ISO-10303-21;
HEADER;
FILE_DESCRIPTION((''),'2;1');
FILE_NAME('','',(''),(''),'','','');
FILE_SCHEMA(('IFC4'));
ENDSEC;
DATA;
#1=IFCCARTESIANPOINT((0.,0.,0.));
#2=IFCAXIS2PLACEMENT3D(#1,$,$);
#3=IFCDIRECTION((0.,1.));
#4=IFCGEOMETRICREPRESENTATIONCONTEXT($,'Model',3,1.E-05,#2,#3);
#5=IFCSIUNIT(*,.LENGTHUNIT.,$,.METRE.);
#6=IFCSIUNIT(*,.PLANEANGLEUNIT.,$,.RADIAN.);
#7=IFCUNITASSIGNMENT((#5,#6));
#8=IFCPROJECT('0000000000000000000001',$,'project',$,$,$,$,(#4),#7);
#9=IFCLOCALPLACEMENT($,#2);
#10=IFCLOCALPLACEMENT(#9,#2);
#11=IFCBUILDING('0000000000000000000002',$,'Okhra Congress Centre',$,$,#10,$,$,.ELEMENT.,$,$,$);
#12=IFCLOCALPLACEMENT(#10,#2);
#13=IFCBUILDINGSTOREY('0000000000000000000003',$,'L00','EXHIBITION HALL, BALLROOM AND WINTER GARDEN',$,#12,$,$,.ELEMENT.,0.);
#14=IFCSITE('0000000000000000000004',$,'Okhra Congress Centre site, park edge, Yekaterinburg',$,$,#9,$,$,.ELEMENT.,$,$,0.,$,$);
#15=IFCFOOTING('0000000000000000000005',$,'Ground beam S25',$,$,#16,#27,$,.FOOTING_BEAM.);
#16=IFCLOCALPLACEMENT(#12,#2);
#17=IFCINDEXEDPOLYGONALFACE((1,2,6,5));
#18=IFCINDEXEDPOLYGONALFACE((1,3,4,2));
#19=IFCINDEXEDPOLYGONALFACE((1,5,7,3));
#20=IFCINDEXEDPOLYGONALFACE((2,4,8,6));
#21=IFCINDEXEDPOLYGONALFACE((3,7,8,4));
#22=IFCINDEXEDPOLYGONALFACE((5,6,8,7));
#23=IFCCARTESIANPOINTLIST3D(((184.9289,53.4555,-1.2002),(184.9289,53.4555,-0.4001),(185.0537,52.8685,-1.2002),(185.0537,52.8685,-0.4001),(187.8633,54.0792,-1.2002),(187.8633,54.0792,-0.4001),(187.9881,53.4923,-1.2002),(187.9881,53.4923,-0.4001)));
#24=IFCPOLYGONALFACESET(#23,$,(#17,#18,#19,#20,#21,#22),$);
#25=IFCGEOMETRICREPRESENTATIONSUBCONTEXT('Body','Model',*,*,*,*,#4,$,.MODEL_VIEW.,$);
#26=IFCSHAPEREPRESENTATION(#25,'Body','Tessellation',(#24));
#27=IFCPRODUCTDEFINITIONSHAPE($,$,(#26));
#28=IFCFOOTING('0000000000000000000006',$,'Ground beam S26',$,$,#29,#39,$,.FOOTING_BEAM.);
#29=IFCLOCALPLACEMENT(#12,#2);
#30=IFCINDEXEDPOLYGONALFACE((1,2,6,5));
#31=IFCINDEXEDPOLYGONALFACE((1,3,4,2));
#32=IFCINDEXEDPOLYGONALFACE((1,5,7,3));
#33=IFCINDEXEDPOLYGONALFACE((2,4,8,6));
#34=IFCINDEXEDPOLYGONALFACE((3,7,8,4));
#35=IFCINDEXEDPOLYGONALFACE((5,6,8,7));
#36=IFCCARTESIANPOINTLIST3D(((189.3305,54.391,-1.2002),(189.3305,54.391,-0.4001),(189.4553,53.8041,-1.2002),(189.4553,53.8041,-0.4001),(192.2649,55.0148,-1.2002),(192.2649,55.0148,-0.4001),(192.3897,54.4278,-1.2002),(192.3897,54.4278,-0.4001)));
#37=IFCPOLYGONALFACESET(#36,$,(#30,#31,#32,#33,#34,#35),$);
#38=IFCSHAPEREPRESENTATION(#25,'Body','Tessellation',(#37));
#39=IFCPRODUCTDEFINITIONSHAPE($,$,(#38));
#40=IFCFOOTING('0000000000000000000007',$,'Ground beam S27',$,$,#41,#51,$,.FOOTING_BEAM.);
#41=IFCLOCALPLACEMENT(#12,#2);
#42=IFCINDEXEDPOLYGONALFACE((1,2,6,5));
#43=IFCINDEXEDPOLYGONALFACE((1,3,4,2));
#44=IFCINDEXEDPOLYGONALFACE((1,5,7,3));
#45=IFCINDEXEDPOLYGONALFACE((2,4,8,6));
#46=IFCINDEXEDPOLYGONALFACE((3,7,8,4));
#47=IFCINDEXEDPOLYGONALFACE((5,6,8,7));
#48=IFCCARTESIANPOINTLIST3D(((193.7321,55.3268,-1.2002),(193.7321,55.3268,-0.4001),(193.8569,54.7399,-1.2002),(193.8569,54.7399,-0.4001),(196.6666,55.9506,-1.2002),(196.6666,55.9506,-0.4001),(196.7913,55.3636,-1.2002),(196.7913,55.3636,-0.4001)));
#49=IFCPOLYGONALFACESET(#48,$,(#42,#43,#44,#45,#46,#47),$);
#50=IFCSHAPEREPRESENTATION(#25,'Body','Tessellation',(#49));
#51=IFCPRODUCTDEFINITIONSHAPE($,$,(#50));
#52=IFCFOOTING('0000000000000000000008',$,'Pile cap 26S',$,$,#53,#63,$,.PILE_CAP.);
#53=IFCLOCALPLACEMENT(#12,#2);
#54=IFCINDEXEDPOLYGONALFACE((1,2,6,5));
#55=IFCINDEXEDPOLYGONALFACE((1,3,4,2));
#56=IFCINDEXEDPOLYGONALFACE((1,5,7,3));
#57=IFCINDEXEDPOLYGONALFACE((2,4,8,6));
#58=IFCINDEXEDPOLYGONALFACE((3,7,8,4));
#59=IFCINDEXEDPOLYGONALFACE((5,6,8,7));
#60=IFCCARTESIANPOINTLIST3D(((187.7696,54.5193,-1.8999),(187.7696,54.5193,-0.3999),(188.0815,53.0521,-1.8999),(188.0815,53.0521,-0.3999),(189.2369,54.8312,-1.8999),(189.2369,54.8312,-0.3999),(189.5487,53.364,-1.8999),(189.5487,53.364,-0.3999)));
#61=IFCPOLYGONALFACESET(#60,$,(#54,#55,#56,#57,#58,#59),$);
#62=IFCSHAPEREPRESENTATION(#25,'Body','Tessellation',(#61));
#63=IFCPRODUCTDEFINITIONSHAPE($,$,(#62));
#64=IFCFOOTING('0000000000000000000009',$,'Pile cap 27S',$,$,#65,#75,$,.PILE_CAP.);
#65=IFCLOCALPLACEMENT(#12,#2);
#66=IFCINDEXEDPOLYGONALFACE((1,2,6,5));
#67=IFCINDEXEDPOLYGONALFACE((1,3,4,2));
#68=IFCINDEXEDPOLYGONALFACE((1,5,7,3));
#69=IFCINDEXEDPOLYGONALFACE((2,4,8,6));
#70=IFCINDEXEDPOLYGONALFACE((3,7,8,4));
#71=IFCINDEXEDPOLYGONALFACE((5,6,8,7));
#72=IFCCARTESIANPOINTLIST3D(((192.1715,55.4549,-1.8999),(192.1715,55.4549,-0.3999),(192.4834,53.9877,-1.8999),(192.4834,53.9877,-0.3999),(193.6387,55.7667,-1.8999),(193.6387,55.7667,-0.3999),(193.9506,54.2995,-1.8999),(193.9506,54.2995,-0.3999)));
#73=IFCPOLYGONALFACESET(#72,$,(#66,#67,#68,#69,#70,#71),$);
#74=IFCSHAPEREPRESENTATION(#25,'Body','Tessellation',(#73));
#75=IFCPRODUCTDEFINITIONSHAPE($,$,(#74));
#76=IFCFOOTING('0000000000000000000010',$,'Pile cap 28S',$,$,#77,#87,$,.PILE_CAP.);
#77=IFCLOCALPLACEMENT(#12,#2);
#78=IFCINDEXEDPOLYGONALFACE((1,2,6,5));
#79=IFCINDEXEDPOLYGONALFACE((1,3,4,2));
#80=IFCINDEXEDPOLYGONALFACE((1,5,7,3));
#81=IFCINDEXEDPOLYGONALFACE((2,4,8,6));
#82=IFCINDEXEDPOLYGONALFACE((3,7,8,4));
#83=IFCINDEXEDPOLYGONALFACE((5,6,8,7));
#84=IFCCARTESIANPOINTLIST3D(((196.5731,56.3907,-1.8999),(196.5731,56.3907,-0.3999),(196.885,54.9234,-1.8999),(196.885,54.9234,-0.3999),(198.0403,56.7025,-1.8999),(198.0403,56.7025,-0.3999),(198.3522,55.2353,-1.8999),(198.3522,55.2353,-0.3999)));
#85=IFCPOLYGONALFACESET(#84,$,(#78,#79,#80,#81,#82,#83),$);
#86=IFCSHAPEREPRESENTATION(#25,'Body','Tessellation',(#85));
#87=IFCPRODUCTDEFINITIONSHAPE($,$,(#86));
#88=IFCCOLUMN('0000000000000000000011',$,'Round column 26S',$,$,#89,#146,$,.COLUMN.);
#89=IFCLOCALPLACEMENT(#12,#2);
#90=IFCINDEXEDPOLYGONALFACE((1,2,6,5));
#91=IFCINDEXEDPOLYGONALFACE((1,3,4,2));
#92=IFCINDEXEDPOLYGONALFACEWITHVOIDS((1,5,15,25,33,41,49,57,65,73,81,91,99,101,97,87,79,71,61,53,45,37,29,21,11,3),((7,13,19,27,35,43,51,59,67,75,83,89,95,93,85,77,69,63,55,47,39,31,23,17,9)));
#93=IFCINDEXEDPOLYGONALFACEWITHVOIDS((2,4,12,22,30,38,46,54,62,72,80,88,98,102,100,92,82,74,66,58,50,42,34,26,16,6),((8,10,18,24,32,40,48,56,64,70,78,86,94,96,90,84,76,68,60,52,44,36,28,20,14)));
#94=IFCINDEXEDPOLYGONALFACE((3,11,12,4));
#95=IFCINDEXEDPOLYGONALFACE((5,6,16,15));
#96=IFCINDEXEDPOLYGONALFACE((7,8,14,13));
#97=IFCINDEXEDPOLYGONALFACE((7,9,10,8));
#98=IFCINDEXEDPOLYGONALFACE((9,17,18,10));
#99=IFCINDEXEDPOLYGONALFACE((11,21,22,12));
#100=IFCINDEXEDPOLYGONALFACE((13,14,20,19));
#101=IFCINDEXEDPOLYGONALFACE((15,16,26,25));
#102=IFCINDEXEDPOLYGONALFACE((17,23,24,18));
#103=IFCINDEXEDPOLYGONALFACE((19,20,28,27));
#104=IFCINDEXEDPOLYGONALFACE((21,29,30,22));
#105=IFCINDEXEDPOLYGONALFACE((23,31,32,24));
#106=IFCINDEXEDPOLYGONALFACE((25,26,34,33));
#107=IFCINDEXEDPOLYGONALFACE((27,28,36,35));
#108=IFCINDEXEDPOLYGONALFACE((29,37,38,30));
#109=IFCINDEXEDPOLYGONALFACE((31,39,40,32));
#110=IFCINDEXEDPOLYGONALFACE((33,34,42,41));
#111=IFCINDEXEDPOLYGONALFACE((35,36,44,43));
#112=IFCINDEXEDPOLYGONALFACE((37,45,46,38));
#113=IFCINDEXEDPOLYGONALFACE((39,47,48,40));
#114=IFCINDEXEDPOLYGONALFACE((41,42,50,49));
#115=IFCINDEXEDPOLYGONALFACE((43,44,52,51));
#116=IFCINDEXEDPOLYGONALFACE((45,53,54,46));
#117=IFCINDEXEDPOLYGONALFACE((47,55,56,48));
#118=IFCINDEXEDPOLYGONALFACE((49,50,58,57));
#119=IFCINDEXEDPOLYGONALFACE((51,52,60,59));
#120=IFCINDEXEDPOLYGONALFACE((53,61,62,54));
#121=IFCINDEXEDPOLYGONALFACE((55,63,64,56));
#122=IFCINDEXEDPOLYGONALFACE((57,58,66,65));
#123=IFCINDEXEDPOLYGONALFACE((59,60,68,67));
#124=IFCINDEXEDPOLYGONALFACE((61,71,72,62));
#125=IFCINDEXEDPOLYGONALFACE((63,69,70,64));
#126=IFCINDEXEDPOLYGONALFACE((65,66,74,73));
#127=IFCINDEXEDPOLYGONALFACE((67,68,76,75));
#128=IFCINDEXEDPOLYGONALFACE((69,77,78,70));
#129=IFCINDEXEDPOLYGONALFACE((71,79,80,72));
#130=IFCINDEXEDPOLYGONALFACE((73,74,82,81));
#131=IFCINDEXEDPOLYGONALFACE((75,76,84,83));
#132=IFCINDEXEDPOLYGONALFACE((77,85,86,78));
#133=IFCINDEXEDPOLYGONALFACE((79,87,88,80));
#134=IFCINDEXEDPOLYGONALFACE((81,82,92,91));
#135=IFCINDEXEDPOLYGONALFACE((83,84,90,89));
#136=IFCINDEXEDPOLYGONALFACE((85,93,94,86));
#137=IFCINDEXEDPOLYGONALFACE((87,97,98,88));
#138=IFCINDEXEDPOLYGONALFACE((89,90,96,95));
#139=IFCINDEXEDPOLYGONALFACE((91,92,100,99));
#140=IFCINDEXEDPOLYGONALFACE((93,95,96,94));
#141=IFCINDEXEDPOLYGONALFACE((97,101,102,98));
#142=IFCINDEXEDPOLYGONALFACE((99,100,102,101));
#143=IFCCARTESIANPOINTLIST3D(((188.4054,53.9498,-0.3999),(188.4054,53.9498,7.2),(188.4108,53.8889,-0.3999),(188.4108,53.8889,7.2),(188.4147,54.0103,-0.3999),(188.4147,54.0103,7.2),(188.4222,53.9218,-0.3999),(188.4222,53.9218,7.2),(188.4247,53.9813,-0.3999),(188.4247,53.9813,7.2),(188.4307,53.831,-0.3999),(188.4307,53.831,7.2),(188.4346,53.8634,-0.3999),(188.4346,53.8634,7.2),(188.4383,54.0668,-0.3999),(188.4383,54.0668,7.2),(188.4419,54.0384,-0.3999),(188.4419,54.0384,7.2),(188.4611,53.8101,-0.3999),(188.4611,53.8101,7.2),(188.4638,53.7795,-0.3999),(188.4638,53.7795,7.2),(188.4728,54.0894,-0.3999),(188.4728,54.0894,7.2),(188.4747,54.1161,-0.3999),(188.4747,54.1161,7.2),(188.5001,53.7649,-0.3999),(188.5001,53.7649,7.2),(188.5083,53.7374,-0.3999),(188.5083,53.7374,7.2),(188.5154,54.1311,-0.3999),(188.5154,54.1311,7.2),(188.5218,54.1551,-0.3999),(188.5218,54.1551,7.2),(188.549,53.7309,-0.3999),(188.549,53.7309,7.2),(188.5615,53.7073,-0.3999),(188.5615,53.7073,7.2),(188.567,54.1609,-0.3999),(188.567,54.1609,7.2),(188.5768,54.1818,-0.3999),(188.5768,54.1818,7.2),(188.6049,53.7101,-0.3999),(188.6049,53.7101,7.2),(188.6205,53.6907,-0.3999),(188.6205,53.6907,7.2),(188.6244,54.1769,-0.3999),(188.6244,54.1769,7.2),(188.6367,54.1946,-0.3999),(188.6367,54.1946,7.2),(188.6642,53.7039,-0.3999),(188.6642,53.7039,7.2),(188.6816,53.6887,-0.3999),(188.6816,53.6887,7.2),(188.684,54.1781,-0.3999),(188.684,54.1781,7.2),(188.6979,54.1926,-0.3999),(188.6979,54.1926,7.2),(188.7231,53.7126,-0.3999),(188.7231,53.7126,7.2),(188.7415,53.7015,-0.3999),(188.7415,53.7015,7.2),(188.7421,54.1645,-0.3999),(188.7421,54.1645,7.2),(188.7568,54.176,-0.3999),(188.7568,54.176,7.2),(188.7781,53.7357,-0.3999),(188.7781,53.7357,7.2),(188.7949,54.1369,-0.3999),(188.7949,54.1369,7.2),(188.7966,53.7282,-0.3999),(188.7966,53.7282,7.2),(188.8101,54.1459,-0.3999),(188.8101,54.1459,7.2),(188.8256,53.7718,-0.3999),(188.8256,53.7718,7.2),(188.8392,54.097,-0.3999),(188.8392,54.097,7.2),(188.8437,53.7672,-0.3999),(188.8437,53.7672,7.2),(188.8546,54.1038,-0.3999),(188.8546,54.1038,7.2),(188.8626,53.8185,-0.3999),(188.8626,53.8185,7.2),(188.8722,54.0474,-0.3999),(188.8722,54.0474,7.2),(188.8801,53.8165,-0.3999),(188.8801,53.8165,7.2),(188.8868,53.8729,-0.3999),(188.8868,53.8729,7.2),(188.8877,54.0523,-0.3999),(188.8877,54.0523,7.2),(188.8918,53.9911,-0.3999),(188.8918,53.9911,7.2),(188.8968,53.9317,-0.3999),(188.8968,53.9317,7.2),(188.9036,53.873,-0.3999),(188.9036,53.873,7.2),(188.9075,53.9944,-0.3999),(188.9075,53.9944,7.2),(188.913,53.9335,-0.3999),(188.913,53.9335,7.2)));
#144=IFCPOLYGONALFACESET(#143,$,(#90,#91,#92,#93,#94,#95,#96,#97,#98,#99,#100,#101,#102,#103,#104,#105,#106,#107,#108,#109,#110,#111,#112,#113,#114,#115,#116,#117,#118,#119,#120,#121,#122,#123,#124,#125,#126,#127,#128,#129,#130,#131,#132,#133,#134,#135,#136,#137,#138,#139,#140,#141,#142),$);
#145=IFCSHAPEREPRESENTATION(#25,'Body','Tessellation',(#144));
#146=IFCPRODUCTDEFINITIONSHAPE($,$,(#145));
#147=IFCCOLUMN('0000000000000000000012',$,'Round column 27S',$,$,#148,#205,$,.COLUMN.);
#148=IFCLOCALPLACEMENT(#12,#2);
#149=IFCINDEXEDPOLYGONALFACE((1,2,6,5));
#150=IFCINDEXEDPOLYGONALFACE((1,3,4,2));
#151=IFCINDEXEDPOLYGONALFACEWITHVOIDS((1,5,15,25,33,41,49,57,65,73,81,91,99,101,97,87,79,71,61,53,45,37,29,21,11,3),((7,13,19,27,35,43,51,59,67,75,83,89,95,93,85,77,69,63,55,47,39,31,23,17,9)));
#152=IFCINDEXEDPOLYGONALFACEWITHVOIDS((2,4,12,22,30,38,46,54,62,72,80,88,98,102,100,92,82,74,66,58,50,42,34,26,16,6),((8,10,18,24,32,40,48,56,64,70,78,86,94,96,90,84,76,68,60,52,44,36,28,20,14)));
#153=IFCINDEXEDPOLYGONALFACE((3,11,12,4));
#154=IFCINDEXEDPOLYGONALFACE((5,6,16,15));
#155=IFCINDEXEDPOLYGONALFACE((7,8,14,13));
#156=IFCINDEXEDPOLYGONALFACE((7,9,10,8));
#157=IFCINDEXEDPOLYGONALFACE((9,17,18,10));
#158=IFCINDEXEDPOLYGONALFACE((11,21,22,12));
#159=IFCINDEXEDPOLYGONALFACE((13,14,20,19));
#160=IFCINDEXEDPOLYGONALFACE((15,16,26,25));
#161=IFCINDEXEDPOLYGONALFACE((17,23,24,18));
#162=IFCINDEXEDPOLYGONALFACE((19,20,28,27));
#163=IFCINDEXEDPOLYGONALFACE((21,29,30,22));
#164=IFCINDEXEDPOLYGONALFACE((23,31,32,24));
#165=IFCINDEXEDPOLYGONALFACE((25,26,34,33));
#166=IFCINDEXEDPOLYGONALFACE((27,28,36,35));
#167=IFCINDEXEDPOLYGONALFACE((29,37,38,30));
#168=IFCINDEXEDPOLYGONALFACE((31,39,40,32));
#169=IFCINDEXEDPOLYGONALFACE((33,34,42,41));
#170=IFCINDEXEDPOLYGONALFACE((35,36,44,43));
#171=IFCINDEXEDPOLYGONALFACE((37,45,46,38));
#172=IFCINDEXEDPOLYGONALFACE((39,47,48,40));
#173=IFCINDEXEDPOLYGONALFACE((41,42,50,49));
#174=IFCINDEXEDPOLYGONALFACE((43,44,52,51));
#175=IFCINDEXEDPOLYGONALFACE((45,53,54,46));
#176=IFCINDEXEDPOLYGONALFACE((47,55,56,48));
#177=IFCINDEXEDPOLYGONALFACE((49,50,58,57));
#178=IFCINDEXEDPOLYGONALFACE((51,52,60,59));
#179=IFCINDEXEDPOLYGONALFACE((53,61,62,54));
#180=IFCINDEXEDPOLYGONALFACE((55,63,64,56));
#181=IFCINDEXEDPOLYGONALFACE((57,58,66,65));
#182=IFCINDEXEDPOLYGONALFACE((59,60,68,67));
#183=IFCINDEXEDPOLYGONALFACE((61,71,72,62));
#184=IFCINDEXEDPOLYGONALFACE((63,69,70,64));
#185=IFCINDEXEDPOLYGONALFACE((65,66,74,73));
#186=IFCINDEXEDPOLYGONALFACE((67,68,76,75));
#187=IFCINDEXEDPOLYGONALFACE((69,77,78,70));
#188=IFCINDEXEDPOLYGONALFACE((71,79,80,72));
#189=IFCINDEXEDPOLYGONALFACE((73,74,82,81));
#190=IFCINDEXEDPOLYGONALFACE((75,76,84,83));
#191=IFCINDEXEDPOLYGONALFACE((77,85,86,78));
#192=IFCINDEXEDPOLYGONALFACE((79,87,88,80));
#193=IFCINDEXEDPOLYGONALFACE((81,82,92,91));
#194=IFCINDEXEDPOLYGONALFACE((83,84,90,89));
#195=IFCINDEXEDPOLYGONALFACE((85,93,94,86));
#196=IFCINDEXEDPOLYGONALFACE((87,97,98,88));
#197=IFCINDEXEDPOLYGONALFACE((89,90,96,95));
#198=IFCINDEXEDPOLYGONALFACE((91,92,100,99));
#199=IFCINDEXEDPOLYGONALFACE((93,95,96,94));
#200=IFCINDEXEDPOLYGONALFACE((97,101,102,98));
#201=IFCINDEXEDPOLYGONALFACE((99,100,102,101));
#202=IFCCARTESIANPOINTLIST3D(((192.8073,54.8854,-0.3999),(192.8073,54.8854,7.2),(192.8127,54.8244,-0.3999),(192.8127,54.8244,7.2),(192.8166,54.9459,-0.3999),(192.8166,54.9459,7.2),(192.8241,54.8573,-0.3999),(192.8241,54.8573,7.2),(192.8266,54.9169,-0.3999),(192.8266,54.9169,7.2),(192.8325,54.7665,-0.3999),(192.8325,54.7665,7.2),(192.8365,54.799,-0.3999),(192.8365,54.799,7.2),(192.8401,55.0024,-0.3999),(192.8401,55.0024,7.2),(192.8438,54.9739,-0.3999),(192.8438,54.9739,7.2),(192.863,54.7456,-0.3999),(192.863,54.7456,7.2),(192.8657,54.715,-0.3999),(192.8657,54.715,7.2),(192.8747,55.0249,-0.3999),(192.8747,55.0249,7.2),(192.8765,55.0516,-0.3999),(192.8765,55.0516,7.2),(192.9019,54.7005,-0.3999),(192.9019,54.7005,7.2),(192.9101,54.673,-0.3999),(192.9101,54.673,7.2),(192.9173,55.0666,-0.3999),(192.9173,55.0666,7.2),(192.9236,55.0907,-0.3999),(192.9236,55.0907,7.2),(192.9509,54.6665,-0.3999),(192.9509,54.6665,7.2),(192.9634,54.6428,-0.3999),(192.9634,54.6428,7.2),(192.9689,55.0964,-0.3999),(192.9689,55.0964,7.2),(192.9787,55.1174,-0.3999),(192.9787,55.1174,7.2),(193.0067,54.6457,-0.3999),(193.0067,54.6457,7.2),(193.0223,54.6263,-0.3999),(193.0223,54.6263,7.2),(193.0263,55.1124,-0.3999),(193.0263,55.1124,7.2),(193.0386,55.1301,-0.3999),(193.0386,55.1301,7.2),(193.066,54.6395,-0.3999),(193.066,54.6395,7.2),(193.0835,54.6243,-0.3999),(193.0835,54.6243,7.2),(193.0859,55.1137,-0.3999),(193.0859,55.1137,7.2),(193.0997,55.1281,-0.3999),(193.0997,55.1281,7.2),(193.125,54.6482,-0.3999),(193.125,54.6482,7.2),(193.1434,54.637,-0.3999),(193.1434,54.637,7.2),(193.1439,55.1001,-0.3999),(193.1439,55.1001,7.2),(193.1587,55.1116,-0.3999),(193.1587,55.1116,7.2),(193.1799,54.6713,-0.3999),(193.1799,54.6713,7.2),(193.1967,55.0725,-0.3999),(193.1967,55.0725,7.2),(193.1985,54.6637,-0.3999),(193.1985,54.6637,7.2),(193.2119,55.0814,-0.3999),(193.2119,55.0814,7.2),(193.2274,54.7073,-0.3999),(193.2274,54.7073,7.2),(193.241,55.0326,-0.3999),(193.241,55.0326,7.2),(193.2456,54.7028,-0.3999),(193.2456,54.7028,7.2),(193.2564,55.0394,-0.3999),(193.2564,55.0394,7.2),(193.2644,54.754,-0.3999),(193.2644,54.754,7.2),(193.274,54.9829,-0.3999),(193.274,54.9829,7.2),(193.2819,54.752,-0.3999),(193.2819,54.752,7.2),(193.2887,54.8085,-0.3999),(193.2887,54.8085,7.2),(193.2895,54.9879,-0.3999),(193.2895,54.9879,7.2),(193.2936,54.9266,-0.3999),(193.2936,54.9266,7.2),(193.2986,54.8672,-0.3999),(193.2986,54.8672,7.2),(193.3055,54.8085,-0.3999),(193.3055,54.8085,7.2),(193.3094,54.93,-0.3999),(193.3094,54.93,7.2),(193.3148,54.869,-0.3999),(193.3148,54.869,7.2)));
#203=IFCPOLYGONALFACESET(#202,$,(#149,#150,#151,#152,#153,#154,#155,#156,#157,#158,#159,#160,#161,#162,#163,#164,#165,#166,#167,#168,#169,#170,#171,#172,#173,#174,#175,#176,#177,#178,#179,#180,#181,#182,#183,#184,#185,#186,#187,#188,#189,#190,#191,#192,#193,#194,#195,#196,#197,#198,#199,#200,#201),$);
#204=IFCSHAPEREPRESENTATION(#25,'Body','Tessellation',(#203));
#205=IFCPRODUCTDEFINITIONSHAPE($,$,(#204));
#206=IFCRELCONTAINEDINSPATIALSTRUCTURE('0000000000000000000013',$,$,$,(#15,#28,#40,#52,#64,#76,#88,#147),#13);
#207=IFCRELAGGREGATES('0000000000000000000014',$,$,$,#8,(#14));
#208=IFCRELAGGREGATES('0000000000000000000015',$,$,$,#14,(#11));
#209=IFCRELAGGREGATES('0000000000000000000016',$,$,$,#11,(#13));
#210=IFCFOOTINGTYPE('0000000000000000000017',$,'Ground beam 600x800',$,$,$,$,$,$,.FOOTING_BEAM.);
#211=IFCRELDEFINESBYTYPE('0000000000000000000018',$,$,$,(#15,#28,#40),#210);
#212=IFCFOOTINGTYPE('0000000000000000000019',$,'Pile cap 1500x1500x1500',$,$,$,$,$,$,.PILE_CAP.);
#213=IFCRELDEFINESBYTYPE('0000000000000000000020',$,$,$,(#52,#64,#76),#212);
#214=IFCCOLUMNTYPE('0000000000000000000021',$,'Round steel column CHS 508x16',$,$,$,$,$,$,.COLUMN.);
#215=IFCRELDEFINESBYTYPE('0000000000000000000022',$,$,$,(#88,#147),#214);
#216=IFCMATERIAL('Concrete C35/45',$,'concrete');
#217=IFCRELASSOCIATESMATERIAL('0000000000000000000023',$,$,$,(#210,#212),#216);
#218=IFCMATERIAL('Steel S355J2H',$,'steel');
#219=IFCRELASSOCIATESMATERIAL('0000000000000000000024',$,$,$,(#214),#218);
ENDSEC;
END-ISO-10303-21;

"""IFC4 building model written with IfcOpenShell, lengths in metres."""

from ifc_helpers import new_model, si_unit, direction, frame, origin, origin_2d, place, context, subcontext, project, spatial, rectangle, hollow_circle, extrude, material, material_profile, profile_set, type_object, element, save


model = new_model("IFC4")

# Units and contexts
model_context = context("Model", 3, precision=1e-05, world=origin(), true_north=direction((0.0, 1.0)))
body_context = subcontext(model_context, "Body", "Model", "MODEL_VIEW")
ifc_project = project(units=[si_unit("LENGTHUNIT", "METRE"), si_unit("PLANEANGLEUNIT", "RADIAN")], contexts=[model_context])

# Site, building, storey
site_placement = place(None, origin())
site = spatial("IfcSite", under=ifc_project, at=site_placement, Name="Okhra Congress Centre site, park edge, Yekaterinburg", CompositionType="ELEMENT", RefElevation=0.0)
building_placement = place(site_placement, origin())
building = spatial("IfcBuilding", under=site, at=building_placement, Name="Okhra Congress Centre", CompositionType="ELEMENT")
storey_placement = place(building_placement, origin())
storey = spatial("IfcBuildingStorey", under=building, at=storey_placement, Name="L00", Description="EXHIBITION HALL, BALLROOM AND WINTER GARDEN", CompositionType="ELEMENT", Elevation=0.0)

# Footings
ifc_material_1 = material(Name="Concrete C35/45", Category="concrete")
footing_type_1 = type_object("IfcFootingType", Name="Ground beam 600x800", PredefinedType="FOOTING_BEAM", material=ifc_material_1)
for number, where, z_axis, x_axis, name in (
    (1, (186.4585, 53.4739, -1.2002), (0.0, 0.0, 1.0), (0.978148, 0.207912, 0.0), "Ground beam S25"),
    (2, (190.8601, 54.4094, -1.2002), (0.0, 0.0, 1.0), (0.978148, 0.207912, 0.0), "Ground beam S26"),
    (3, (195.2617, 55.3452, -1.2002), (0.0, 0.0, 1.0), (0.978148, 0.207912, 0.0), "Ground beam S27"),
):
    element("IfcFooting", number, at=place(storey_placement, frame(where, z_axis=z_axis, x_axis=x_axis)), inside=storey, type_object=footing_type_1, Name=name, PredefinedType="FOOTING_BEAM", context=body_context, shape_type="SweptSolid", body=[
        extrude(rectangle(XDim=3.0, YDim=0.6001, at=origin_2d()), origin(), (0.0, 0.0, 1.0), 0.8),
    ])
footing_type_2 = type_object("IfcFootingType", Name="Pile cap 1500x1500x1500", PredefinedType="PILE_CAP", material=ifc_material_1)
for number, where, z_axis, x_axis, name in (
    (4, (188.6592, 53.9417, -1.8999), (0.0, 0.0, 1.0), (0.978148, 0.207912, 0.0), "Pile cap 26S"),
    (5, (193.061, 54.8772, -1.8999), (0.0, 0.0, 1.0), (0.978148, 0.207912, 0.0), "Pile cap 27S"),
    (6, (197.4626, 55.813, -1.8999), (0.0, 0.0, 1.0), (0.978148, 0.207912, 0.0), "Pile cap 28S"),
):
    element("IfcFooting", number, at=place(storey_placement, frame(where, z_axis=z_axis, x_axis=x_axis)), inside=storey, type_object=footing_type_2, Name=name, PredefinedType="PILE_CAP", context=body_context, shape_type="SweptSolid", body=[
        extrude(rectangle(XDim=1.5, YDim=1.5, at=origin_2d()), origin(), (0.0, 0.0, 1.0), 1.5),
    ])

# Columns
ifc_material_2 = material(Name="Steel S355J2H", Category="steel")
ifc_material_profile_1 = material_profile(ifc_material_2, hollow_circle(Radius=0.2539, WallThickness=0.0161, at=origin_2d()), Name="CHS 508x16")
ifc_profile_set_1 = profile_set([ifc_material_profile_1], Name="Steel S355J2H")
column_type = type_object("IfcColumnType", Name="Round steel column CHS 508x16", PredefinedType="COLUMN", material=ifc_profile_set_1)
for number, where, z_axis, x_axis, name in (
    (7, (188.6592, 53.9417, -0.3999), (0.0, 0.0, 1.0), (0.978148, 0.207912, 0.0), "Round column 26S"),
    (8, (193.061, 54.8772, -0.3999), (0.0, 0.0, 1.0), (0.978148, 0.207912, 0.0), "Round column 27S"),
):
    element("IfcColumn", number, at=place(storey_placement, frame(where, z_axis=z_axis, x_axis=x_axis)), inside=storey, type_object=column_type, Name=name, PredefinedType="COLUMN", context=body_context, shape_type="SweptSolid", body=[
        extrude(hollow_circle(Radius=0.2539, WallThickness=0.0161, at=origin_2d()), origin(), (0.0, 0.0, 1.0), 7.5999),
    ])

save(model, "model.ifc")
